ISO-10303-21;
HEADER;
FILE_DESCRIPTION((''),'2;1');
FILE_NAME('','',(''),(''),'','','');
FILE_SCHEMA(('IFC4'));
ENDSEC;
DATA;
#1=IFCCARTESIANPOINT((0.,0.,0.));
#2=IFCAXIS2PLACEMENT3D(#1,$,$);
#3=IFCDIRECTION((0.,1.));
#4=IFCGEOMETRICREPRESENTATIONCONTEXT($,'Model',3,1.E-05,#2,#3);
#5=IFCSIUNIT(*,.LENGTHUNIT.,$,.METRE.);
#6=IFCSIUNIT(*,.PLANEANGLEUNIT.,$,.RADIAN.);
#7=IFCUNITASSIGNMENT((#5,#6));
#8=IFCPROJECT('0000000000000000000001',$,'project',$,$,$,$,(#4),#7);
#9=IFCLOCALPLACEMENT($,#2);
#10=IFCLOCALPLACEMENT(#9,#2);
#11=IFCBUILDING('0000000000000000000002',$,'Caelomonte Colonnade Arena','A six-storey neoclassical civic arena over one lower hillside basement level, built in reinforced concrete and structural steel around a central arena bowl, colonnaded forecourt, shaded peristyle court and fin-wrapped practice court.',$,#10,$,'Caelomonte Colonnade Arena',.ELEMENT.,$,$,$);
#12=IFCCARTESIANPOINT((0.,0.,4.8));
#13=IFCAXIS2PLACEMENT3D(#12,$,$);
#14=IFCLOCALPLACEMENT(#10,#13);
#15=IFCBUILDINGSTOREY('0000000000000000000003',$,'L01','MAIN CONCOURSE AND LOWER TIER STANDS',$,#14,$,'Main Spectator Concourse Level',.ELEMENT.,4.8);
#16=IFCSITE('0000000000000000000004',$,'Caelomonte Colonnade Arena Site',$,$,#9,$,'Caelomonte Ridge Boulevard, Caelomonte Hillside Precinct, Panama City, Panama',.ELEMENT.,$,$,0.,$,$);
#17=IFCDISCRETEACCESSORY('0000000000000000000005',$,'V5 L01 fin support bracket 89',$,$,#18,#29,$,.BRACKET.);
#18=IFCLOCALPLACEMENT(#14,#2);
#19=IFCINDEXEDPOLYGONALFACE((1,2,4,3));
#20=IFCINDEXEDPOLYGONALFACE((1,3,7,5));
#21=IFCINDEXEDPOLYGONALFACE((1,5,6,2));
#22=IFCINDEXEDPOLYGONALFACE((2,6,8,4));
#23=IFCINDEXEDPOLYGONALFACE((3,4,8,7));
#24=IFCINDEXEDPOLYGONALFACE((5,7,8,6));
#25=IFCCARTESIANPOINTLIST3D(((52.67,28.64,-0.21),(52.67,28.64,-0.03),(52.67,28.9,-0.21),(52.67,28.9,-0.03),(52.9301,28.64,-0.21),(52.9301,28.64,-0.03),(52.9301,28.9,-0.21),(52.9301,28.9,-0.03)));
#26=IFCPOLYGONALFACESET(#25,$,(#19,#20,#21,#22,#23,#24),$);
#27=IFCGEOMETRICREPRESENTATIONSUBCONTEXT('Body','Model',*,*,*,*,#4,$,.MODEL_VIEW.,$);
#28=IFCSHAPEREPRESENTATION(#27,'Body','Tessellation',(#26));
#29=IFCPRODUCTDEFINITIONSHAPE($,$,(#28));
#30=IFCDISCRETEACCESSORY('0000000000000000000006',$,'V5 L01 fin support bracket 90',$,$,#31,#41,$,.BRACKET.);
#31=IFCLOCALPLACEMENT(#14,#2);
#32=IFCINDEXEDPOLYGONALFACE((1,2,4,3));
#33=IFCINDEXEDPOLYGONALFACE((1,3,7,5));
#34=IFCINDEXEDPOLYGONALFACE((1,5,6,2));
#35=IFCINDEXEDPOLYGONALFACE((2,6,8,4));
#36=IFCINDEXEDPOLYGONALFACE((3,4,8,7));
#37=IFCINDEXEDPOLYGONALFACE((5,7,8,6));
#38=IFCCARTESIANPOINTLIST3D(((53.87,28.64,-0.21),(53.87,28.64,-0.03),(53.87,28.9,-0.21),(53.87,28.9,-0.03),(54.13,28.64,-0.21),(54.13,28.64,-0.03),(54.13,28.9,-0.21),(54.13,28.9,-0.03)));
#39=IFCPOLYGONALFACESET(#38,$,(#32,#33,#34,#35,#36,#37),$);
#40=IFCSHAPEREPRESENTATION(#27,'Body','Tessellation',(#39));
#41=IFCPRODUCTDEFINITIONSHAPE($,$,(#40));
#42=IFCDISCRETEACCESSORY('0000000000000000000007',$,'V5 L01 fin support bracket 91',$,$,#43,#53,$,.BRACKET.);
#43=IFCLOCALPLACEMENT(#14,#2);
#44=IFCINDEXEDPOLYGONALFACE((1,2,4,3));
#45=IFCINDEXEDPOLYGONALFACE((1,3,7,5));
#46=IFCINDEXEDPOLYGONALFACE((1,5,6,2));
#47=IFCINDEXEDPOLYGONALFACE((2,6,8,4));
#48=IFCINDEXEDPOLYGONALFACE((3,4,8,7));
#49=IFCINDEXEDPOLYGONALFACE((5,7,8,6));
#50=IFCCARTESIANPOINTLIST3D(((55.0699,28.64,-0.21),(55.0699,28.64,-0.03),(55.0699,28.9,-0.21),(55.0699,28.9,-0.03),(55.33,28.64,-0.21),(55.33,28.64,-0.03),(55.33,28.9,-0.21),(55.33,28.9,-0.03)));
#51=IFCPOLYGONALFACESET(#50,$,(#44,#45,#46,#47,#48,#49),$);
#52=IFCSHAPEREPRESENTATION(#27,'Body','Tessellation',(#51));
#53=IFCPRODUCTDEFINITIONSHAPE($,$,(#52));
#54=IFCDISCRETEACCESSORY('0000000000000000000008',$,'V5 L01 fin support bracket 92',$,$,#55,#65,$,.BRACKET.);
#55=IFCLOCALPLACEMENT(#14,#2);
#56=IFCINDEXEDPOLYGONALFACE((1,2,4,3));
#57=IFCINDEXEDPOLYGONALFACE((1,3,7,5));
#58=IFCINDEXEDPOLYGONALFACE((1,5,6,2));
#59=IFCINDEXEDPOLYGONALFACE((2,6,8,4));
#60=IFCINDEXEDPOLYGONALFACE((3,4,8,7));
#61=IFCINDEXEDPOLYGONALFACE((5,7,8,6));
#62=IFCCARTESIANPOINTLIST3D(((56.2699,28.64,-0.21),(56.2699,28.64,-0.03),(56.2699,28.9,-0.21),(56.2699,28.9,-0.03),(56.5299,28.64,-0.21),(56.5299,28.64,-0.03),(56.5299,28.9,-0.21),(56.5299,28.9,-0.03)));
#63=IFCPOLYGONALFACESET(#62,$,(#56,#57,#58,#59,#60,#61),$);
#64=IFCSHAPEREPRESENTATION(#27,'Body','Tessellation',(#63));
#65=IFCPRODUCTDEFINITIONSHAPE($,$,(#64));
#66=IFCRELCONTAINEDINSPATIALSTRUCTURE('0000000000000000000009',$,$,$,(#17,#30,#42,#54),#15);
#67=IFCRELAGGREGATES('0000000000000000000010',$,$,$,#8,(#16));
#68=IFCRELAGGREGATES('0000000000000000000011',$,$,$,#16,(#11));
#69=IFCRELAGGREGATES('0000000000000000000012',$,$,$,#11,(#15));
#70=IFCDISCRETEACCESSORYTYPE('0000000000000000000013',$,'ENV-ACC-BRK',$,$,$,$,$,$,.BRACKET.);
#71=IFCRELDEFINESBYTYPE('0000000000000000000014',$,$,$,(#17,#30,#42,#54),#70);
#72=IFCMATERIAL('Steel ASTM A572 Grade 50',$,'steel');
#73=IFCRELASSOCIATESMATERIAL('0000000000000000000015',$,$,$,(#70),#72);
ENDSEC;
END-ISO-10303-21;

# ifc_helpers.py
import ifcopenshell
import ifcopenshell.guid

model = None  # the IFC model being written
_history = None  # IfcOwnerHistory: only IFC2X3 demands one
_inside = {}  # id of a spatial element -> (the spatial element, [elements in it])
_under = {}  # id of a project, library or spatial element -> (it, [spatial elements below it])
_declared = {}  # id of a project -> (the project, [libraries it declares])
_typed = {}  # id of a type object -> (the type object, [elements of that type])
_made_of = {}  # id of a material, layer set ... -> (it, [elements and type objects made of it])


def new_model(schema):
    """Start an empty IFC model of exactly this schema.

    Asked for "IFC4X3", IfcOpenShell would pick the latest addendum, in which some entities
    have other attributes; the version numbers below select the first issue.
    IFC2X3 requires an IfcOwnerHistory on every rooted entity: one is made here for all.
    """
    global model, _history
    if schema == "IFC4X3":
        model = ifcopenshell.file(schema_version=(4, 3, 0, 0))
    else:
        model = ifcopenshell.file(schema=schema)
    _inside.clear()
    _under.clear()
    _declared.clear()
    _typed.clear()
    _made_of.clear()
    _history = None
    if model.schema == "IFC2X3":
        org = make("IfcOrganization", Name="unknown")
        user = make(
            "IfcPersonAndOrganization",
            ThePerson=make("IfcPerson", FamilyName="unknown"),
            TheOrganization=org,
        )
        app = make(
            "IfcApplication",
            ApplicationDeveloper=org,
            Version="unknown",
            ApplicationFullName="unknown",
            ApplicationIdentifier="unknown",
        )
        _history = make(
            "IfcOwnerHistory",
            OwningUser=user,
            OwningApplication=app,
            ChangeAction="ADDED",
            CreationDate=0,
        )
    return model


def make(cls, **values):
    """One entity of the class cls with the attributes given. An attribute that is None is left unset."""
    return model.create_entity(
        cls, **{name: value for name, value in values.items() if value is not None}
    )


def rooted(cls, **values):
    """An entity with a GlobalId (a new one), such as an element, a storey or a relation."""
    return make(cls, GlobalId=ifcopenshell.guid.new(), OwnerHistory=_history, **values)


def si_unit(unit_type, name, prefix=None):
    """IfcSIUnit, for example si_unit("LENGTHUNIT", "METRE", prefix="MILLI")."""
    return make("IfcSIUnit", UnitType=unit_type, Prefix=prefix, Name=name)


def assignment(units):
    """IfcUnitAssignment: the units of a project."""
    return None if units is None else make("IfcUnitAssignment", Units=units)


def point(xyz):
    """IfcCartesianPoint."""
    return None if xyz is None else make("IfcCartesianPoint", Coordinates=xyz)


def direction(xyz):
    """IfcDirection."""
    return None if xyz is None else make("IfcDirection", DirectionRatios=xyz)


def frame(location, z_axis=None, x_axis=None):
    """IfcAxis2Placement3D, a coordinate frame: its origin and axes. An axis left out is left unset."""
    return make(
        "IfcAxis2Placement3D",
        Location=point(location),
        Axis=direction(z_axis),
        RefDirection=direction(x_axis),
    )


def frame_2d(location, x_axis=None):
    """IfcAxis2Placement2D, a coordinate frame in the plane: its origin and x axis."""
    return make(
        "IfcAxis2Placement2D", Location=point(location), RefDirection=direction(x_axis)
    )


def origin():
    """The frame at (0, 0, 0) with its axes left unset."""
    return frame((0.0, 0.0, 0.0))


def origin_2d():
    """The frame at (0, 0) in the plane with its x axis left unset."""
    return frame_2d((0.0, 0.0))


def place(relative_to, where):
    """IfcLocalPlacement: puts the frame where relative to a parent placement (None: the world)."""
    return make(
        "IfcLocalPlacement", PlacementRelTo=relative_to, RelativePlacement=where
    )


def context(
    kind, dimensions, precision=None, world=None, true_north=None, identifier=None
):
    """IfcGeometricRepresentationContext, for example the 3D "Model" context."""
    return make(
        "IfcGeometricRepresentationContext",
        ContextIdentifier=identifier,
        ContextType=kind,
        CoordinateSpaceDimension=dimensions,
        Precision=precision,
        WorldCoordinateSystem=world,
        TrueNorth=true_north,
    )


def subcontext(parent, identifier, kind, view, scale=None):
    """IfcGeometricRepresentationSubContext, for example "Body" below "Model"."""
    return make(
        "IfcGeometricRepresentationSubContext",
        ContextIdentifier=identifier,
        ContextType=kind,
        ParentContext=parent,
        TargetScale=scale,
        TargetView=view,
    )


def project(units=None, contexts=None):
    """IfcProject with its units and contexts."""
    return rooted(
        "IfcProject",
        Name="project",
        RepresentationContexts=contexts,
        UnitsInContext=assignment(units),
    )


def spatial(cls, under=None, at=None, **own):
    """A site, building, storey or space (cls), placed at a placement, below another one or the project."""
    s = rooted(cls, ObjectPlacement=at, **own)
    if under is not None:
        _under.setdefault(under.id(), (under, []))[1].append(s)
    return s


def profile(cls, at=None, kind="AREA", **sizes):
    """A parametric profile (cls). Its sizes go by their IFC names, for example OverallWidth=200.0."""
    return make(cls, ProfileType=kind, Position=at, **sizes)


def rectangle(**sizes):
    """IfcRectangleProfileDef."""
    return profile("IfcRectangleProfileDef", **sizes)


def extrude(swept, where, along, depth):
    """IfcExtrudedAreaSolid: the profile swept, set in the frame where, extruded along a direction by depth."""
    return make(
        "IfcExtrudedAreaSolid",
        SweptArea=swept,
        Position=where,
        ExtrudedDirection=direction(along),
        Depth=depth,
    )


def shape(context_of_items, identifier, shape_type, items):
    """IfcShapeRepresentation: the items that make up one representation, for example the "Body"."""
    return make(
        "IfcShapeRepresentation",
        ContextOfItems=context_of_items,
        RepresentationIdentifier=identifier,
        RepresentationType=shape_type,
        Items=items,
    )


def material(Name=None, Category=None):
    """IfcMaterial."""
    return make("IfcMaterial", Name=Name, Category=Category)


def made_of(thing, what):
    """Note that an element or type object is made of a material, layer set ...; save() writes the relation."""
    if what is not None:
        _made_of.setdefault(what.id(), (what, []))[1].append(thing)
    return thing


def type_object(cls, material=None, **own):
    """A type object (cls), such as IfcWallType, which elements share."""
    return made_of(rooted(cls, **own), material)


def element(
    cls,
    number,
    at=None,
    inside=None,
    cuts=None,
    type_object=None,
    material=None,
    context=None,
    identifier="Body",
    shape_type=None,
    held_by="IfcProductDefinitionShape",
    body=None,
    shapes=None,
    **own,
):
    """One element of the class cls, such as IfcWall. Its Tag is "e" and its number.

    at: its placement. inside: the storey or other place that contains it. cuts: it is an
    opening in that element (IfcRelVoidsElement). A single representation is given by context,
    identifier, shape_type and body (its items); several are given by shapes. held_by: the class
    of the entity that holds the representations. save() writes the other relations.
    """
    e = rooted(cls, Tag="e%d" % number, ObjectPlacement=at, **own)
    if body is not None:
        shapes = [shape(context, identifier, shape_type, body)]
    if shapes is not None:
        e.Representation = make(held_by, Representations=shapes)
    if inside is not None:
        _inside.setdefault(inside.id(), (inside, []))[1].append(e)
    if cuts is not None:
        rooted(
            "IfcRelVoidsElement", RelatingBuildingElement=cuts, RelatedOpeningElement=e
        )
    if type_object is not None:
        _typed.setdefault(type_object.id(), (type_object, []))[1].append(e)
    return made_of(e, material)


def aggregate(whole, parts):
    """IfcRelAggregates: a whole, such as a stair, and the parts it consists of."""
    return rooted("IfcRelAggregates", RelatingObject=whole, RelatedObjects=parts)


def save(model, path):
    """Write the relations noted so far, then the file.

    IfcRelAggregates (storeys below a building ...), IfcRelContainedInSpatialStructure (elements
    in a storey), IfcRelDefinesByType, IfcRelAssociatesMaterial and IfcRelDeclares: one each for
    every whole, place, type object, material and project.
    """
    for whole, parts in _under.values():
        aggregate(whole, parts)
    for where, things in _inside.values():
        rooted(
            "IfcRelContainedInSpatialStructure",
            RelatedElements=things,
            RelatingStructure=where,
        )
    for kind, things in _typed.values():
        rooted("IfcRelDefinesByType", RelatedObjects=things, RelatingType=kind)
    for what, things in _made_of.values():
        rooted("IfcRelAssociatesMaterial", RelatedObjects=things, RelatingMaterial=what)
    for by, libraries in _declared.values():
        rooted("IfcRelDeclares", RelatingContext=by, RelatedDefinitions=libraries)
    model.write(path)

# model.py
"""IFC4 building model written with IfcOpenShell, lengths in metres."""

from ifc_helpers import new_model, si_unit, direction, frame, origin, origin_2d, place, context, subcontext, project, spatial, rectangle, extrude, material, type_object, element, save


model = new_model("IFC4")

# Units and contexts
model_context = context("Model", 3, precision=1e-05, world=origin(), true_north=direction((0.0, 1.0)))
body_context = subcontext(model_context, "Body", "Model", "MODEL_VIEW")
ifc_project = project(units=[si_unit("LENGTHUNIT", "METRE"), si_unit("PLANEANGLEUNIT", "RADIAN")], contexts=[model_context])

# Site, building, storey
site_placement = place(None, origin())
site = spatial("IfcSite", under=ifc_project, at=site_placement, Name="Caelomonte Colonnade Arena Site", LongName="Caelomonte Ridge Boulevard, Caelomonte Hillside Precinct, Panama City, Panama", CompositionType="ELEMENT", RefElevation=0.0)
building_placement = place(site_placement, origin())
building = spatial("IfcBuilding", under=site, at=building_placement, Name="Caelomonte Colonnade Arena", Description="A six-storey neoclassical civic arena over one lower hillside basement level, built in reinforced concrete and structural steel around a central arena bowl, colonnaded forecourt, shaded peristyle court and fin-wrapped practice court.", LongName="Caelomonte Colonnade Arena", CompositionType="ELEMENT")
storey_placement = place(building_placement, frame((0.0, 0.0, 4.8)))
storey = spatial("IfcBuildingStorey", under=building, at=storey_placement, Name="L01", Description="MAIN CONCOURSE AND LOWER TIER STANDS", LongName="Main Spectator Concourse Level", CompositionType="ELEMENT", Elevation=4.8)

# Discrete accessories
ifc_material_1 = material(Name="Steel ASTM A572 Grade 50", Category="steel")
discrete_accessory_type = type_object("IfcDiscreteAccessoryType", Name="ENV-ACC-BRK", PredefinedType="BRACKET", material=ifc_material_1)
for number, where, z_axis, x_axis, name in (
    (1, (52.8, 28.77, -0.21), (0.0, 0.0, 1.0), (1.0, 0.0, 0.0), "V5 L01 fin support bracket 89"),
    (2, (54.0, 28.77, -0.21), (0.0, 0.0, 1.0), (1.0, 0.0, 0.0), "V5 L01 fin support bracket 90"),
    (3, (55.2, 28.77, -0.21), (0.0, 0.0, 1.0), (1.0, 0.0, 0.0), "V5 L01 fin support bracket 91"),
    (4, (56.3999, 28.77, -0.21), (0.0, 0.0, 1.0), (1.0, 0.0, 0.0), "V5 L01 fin support bracket 92"),
):
    element("IfcDiscreteAccessory", number, at=place(storey_placement, frame(where, z_axis=z_axis, x_axis=x_axis)), inside=storey, type_object=discrete_accessory_type, Name=name, PredefinedType="BRACKET", context=body_context, shape_type="SweptSolid", body=[
        extrude(rectangle(XDim=0.26, YDim=0.26, at=origin_2d()), origin(), (0.0, 0.0, 1.0), 0.1799),
    ])

save(model, "model.ifc")
